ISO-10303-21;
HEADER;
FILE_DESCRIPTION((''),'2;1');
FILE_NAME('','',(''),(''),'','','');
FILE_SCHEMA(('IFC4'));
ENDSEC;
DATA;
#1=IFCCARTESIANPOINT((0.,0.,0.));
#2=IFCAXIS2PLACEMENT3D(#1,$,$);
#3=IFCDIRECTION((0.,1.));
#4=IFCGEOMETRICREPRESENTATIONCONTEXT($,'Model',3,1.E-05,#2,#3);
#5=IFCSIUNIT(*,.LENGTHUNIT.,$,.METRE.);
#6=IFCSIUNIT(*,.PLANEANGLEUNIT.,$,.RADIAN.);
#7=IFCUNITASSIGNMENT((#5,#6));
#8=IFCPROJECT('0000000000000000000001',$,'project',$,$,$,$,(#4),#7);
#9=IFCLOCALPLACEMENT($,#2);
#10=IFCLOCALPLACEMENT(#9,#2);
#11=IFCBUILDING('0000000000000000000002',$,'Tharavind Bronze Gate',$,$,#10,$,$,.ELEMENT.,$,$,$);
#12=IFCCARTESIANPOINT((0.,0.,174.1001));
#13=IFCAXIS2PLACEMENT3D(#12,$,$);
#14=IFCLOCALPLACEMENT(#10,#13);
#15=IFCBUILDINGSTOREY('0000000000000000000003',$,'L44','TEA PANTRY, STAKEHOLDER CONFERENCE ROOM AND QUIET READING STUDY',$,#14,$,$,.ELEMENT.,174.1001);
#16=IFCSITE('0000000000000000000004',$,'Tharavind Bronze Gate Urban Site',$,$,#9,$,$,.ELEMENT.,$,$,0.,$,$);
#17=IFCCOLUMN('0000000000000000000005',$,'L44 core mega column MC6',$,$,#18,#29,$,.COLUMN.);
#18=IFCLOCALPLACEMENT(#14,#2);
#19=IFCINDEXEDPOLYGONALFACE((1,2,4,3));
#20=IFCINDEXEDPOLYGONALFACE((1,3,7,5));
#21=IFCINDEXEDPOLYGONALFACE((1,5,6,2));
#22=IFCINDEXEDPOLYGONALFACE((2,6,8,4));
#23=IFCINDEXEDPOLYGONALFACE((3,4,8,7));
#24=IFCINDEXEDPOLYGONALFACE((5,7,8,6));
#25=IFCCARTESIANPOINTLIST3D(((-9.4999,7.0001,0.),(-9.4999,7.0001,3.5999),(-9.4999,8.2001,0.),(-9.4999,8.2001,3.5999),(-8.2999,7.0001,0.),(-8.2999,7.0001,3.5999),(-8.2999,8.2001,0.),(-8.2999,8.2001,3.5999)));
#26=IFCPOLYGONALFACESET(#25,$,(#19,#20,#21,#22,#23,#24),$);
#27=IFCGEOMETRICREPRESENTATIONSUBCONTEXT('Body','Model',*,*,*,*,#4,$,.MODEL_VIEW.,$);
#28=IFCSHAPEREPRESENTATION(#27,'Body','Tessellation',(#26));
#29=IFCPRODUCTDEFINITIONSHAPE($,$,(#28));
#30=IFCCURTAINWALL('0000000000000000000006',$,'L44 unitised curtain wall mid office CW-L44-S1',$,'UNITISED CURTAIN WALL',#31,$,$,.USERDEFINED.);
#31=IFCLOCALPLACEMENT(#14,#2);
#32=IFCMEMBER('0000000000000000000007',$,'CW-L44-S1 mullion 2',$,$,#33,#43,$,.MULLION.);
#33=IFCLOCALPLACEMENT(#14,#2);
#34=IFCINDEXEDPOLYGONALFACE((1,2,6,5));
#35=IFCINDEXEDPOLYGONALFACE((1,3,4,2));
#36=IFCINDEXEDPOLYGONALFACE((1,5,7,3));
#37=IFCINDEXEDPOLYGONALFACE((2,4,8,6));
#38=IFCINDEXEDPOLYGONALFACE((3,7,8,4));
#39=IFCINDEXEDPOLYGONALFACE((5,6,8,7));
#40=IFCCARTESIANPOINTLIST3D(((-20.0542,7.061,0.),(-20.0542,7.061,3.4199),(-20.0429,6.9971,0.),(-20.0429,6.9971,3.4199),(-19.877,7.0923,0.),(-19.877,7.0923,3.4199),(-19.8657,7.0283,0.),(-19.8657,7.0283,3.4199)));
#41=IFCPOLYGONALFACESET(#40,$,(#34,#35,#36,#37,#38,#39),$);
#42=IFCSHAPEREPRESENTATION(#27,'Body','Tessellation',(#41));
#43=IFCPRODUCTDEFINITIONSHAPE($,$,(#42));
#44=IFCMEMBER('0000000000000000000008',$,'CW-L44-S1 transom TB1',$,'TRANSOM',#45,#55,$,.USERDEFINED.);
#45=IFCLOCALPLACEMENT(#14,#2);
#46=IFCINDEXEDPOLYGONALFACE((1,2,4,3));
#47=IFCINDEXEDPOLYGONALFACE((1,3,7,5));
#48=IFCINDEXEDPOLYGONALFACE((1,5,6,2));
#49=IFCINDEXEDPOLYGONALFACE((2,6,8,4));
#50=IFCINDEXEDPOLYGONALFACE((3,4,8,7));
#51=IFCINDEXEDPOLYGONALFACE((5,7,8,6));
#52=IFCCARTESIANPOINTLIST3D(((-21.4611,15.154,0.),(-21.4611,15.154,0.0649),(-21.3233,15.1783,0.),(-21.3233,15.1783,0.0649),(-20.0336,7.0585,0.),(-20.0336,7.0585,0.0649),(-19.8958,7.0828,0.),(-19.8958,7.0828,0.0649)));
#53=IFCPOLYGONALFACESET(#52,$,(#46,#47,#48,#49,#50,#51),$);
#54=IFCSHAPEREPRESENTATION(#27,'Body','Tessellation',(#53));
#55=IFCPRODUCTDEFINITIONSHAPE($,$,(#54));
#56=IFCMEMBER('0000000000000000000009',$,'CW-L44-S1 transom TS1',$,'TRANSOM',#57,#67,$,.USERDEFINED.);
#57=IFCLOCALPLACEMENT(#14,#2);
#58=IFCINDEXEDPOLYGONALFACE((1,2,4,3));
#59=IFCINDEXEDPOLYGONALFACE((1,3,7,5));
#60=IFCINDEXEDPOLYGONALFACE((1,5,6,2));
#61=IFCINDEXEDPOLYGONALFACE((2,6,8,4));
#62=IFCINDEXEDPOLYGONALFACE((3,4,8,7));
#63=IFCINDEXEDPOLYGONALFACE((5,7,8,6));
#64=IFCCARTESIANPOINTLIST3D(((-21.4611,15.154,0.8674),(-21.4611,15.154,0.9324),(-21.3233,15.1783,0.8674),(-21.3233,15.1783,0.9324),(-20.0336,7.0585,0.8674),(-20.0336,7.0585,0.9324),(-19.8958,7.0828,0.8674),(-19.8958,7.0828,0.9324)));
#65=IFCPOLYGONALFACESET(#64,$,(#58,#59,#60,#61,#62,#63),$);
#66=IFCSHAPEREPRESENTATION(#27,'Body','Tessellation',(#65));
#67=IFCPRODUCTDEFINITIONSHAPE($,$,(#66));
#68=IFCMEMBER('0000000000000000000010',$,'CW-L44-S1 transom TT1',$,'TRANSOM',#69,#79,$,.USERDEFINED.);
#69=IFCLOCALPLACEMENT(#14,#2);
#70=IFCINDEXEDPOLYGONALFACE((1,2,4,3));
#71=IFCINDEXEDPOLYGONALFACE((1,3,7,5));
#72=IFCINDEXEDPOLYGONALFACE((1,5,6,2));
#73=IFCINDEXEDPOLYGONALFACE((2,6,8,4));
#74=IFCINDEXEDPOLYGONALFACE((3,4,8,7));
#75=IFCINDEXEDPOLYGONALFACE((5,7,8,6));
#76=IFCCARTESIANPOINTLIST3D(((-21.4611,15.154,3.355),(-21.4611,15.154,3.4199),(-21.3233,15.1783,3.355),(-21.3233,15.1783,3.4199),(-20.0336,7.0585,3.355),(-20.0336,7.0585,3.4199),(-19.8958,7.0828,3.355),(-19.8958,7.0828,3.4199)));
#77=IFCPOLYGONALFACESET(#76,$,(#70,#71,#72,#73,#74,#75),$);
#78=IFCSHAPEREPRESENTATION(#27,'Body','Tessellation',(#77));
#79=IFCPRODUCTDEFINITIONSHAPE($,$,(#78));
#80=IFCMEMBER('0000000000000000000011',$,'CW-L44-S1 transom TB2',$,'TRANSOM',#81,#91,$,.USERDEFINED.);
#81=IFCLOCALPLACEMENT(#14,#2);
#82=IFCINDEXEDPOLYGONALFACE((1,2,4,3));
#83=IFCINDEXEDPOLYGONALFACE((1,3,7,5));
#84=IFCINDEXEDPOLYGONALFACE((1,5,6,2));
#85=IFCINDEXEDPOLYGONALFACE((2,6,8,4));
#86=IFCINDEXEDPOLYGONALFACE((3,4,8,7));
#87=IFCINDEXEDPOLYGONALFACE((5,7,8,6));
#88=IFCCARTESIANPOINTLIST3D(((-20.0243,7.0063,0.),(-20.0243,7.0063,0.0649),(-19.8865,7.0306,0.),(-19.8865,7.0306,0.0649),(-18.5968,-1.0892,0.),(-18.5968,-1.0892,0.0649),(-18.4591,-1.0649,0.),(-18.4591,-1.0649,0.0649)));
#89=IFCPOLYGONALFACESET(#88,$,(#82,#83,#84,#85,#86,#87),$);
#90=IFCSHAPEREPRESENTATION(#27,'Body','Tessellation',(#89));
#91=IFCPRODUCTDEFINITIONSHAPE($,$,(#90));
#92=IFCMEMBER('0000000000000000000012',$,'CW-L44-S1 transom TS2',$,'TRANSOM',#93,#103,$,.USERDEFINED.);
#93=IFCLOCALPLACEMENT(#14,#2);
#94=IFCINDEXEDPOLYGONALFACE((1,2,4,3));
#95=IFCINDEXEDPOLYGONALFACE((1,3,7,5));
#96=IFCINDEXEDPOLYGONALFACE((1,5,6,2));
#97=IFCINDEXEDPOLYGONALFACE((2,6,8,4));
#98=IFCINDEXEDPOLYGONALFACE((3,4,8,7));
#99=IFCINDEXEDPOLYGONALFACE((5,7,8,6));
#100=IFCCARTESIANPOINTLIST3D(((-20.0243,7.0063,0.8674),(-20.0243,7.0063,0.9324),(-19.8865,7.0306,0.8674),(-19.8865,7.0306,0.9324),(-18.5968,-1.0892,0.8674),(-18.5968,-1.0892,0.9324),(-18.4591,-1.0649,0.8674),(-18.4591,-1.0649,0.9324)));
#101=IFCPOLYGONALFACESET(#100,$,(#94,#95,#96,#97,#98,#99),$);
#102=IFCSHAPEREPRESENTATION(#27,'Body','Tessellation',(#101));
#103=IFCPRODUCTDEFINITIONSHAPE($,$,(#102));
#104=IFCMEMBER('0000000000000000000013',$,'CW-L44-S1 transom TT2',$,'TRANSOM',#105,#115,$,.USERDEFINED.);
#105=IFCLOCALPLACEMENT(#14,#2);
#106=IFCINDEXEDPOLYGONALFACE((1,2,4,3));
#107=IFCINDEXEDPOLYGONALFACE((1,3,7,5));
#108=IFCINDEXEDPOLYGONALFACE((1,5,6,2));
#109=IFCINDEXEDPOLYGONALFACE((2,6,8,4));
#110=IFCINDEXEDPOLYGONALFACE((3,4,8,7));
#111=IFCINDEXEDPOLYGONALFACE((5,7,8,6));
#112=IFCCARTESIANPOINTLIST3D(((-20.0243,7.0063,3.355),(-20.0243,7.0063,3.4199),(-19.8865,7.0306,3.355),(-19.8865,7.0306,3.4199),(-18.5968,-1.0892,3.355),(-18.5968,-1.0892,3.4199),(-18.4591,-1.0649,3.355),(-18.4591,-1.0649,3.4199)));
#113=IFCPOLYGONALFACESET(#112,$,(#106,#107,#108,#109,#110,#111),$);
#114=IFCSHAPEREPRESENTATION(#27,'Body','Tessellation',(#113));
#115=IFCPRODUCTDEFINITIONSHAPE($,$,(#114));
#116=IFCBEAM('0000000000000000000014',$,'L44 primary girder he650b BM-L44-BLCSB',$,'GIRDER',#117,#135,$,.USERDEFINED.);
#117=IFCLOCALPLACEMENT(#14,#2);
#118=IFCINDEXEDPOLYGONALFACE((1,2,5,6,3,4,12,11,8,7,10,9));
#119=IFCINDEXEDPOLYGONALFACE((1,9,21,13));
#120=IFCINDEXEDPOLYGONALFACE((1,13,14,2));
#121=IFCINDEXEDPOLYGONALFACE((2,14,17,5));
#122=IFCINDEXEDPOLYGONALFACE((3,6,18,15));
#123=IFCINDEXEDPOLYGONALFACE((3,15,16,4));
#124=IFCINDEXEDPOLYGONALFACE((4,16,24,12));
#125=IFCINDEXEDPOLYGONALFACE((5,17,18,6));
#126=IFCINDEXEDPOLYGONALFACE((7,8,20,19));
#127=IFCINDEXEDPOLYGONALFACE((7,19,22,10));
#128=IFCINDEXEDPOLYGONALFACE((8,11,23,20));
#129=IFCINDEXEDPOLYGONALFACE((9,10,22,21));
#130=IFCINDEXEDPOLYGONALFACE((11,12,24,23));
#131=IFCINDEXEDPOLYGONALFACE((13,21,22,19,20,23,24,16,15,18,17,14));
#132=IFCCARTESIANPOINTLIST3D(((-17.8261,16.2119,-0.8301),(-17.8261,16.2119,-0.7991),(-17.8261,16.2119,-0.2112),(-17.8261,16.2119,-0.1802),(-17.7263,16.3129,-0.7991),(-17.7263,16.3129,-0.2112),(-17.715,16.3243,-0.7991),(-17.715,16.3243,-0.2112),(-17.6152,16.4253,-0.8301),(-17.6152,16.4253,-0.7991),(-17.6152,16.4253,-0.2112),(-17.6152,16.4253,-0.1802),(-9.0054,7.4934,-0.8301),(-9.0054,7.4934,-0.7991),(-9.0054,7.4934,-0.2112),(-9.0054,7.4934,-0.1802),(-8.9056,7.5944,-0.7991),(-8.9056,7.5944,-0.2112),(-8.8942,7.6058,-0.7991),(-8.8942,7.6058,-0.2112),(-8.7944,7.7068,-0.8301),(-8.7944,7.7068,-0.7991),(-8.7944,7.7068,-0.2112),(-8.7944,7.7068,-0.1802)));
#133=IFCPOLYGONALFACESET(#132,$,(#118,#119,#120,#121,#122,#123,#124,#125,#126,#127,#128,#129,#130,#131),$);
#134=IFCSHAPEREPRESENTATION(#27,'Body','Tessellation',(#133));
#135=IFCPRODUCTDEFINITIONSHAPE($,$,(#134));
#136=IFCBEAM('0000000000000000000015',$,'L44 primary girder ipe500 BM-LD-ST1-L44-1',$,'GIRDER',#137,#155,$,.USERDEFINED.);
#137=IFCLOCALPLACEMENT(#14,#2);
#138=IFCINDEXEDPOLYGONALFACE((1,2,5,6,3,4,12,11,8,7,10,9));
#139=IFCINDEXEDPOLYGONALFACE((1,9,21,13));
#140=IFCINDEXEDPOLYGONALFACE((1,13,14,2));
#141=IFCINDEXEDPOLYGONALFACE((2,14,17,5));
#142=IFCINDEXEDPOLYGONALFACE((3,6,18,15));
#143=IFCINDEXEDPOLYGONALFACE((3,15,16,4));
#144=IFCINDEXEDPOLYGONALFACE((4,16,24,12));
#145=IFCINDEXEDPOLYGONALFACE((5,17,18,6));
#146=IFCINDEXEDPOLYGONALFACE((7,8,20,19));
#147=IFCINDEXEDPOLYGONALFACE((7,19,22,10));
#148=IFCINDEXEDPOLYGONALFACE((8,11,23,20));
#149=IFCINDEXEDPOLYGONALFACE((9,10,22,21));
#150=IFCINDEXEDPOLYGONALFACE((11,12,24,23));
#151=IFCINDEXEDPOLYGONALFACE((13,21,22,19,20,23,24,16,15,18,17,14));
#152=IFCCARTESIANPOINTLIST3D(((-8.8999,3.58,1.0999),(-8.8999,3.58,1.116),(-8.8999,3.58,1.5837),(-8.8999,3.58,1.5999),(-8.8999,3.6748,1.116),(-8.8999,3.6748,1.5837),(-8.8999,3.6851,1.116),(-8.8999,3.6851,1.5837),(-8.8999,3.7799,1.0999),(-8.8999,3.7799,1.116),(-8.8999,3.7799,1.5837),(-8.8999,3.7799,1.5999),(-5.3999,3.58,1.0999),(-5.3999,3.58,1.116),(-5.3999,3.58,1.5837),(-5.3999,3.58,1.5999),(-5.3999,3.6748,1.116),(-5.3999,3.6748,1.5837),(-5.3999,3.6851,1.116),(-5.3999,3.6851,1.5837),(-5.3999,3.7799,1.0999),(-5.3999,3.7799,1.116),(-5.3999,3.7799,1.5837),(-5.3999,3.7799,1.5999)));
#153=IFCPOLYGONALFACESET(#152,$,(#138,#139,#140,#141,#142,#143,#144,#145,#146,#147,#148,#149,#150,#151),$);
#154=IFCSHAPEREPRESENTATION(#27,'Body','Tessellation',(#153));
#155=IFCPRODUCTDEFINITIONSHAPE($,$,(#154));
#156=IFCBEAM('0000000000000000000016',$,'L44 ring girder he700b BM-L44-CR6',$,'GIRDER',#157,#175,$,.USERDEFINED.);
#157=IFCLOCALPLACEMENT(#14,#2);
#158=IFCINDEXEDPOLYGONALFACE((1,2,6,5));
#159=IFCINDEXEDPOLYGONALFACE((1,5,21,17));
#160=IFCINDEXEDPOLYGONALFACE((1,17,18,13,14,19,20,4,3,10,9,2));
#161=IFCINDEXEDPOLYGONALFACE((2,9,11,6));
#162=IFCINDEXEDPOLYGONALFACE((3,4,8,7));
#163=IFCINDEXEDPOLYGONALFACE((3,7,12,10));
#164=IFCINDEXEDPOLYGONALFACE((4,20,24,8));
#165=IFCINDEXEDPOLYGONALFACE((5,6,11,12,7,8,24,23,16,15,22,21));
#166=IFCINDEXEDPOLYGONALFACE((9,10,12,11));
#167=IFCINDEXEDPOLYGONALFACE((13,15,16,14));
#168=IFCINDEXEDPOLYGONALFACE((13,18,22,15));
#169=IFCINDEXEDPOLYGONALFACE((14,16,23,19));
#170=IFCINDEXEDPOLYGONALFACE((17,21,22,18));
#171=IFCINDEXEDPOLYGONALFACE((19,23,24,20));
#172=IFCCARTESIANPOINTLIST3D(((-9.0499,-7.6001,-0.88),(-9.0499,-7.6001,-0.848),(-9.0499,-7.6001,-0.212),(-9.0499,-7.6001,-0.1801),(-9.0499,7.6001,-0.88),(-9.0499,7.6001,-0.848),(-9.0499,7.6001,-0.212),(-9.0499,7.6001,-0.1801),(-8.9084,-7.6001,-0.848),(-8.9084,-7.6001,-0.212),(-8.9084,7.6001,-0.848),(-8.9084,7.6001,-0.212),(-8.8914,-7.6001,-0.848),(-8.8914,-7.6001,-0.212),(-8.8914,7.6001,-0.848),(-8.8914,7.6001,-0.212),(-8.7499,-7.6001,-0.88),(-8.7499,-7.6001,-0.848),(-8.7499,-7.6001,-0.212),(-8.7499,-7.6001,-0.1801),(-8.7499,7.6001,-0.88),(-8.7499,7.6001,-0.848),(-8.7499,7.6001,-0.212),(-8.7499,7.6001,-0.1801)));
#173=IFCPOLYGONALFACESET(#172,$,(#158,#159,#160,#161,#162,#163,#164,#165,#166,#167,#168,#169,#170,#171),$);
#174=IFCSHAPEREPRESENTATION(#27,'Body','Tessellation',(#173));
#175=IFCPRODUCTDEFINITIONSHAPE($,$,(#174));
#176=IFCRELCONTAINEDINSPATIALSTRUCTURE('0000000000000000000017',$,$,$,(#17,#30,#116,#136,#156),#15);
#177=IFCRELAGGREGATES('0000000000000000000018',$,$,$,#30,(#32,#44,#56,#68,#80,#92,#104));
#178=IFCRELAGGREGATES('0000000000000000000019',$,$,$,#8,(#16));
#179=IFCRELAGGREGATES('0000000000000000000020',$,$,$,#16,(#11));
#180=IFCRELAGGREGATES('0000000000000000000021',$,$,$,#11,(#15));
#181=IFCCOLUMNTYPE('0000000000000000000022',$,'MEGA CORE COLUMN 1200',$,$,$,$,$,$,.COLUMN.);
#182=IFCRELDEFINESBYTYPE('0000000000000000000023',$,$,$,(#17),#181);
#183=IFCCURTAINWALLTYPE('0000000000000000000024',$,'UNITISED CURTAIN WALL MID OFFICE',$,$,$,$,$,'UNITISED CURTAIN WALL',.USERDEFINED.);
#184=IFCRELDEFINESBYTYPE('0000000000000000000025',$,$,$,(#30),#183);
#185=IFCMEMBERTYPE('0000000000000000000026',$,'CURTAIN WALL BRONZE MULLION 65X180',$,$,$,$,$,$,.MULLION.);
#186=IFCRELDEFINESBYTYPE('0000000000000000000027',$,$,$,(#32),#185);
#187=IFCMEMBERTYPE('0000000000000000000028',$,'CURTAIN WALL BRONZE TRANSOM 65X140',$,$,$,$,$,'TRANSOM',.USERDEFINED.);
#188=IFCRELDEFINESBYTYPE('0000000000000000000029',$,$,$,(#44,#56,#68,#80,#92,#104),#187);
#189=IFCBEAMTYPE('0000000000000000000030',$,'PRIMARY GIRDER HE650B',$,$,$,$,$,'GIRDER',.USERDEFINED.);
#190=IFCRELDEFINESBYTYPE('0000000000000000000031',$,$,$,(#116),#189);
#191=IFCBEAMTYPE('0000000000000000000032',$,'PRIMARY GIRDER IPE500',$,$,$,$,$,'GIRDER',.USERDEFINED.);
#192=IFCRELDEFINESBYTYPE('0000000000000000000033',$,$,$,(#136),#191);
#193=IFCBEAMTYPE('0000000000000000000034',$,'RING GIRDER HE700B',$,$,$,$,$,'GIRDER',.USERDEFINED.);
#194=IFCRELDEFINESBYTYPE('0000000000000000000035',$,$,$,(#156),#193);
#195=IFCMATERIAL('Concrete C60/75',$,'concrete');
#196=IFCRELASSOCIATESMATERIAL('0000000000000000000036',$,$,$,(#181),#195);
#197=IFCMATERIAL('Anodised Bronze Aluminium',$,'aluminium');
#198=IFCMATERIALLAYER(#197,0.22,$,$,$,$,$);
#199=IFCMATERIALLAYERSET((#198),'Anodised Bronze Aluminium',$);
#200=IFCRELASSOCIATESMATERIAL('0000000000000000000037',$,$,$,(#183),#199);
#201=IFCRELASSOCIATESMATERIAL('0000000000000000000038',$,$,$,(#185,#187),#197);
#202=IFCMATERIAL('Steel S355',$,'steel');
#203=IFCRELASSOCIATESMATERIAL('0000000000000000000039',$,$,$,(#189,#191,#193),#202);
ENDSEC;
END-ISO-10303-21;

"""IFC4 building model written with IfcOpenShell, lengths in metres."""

from ifc_helpers import new_model, si_unit, direction, frame, origin, origin_2d, place, context, subcontext, project, spatial, rectangle, i_section, extrude, material, layer, layer_set, material_profile, profile_set, type_object, element, aggregate, save


model = new_model("IFC4")

# Units and contexts
model_context = context("Model", 3, precision=1e-05, world=origin(), true_north=direction((0.0, 1.0)))
body_context = subcontext(model_context, "Body", "Model", "MODEL_VIEW")
ifc_project = project(units=[si_unit("LENGTHUNIT", "METRE"), si_unit("PLANEANGLEUNIT", "RADIAN")], contexts=[model_context])

# Site, building, storey
site_placement = place(None, origin())
site = spatial("IfcSite", under=ifc_project, at=site_placement, Name="Tharavind Bronze Gate Urban Site", CompositionType="ELEMENT", RefElevation=0.0)
building_placement = place(site_placement, origin())
building = spatial("IfcBuilding", under=site, at=building_placement, Name="Tharavind Bronze Gate", CompositionType="ELEMENT")
storey_placement = place(building_placement, frame((0.0, 0.0, 174.1001)))
storey = spatial("IfcBuildingStorey", under=building, at=storey_placement, Name="L44", Description="TEA PANTRY, STAKEHOLDER CONFERENCE ROOM AND QUIET READING STUDY", CompositionType="ELEMENT", Elevation=174.1001)

# Column
ifc_material_1 = material(Name="Concrete C60/75", Category="concrete")
ifc_material_profile_1 = material_profile(ifc_material_1, rectangle(XDim=1.2, YDim=1.2, at=origin_2d()), Name="RCCOL1200")
ifc_profile_set_1 = profile_set([ifc_material_profile_1], Name="Concrete C60/75")
column_type = type_object("IfcColumnType", Name="MEGA CORE COLUMN 1200", PredefinedType="COLUMN", material=ifc_profile_set_1)
column_placement = place(storey_placement, frame((-8.8999, 7.6001, 0.0), z_axis=(0.0, 0.0, 1.0), x_axis=(1.0, 0.0, 0.0)))
element("IfcColumn", 1, at=column_placement, inside=storey, type_object=column_type, Name="L44 core mega column MC6", PredefinedType="COLUMN", context=body_context, shape_type="SweptSolid", body=[
    extrude(rectangle(XDim=1.2, YDim=1.2, at=origin_2d()), origin(), (0.0, 0.0, 1.0), 3.5999),
])

# Curtain wall, members
ifc_material_2 = material(Name="Anodised Bronze Aluminium", Category="aluminium")
ifc_layer_1 = layer(ifc_material_2, 0.22)
ifc_layer_set_1 = layer_set([ifc_layer_1], Name="Anodised Bronze Aluminium")
curtain_wall_type = type_object("IfcCurtainWallType", Name="UNITISED CURTAIN WALL MID OFFICE", ElementType="UNITISED CURTAIN WALL", PredefinedType="USERDEFINED", material=ifc_layer_set_1)
curtain_wall_placement = place(storey_placement, origin())
curtain_wall = element("IfcCurtainWall", 2, at=curtain_wall_placement, inside=storey, type_object=curtain_wall_type, Name="L44 unitised curtain wall mid office CW-L44-S1", ObjectType="UNITISED CURTAIN WALL", PredefinedType="USERDEFINED")
member_type_1 = type_object("IfcMemberType", Name="CURTAIN WALL BRONZE MULLION 65X180", PredefinedType="MULLION", material=ifc_material_2)
member_1_placement = place(storey_placement, frame((-19.96, 7.0447, 0.0), z_axis=(0.0, 0.0, 1.0), x_axis=(0.173648, -0.984808, 0.0)))
member_1 = element("IfcMember", 3, at=member_1_placement, type_object=member_type_1, Name="CW-L44-S1 mullion 2", PredefinedType="MULLION", context=body_context, shape_type="SweptSolid", body=[
    extrude(rectangle(XDim=0.0649, YDim=0.1799, at=origin_2d()), origin(), (0.0, 0.0, 1.0), 3.4199),
])
member_type_2 = type_object("IfcMemberType", Name="CURTAIN WALL BRONZE TRANSOM 65X140", ElementType="TRANSOM", PredefinedType="USERDEFINED", material=ifc_material_2)
member_2_placement = place(storey_placement, frame((-20.6785, 11.1184, 0.0), z_axis=(0.0, 0.0, 1.0), x_axis=(0.173648, -0.984808, 0.0)))
member_2 = element("IfcMember", 4, at=member_2_placement, type_object=member_type_2, Name="CW-L44-S1 transom TB1", ObjectType="TRANSOM", PredefinedType="USERDEFINED", context=body_context, shape_type="SweptSolid", body=[
    extrude(rectangle(XDim=8.2205, YDim=0.1399, at=origin_2d()), origin(), (0.0, 0.0, 1.0), 0.0649),
])
member_3_placement = place(storey_placement, frame((-20.6785, 11.1184, 0.8674), z_axis=(0.0, 0.0, 1.0), x_axis=(0.173648, -0.984808, 0.0)))
member_3 = element("IfcMember", 5, at=member_3_placement, type_object=member_type_2, Name="CW-L44-S1 transom TS1", ObjectType="TRANSOM", PredefinedType="USERDEFINED", context=body_context, shape_type="SweptSolid", body=[
    extrude(rectangle(XDim=8.2205, YDim=0.1399, at=origin_2d()), origin(), (0.0, 0.0, 1.0), 0.0649),
])
member_4_placement = place(storey_placement, frame((-20.6785, 11.1184, 3.355), z_axis=(0.0, 0.0, 1.0), x_axis=(0.173648, -0.984808, 0.0)))
member_4 = element("IfcMember", 6, at=member_4_placement, type_object=member_type_2, Name="CW-L44-S1 transom TT1", ObjectType="TRANSOM", PredefinedType="USERDEFINED", context=body_context, shape_type="SweptSolid", body=[
    extrude(rectangle(XDim=8.2205, YDim=0.1399, at=origin_2d()), origin(), (0.0, 0.0, 1.0), 0.0649),
])
member_5_placement = place(storey_placement, frame((-19.2417, 2.9707, 0.0), z_axis=(0.0, 0.0, 1.0), x_axis=(0.173648, -0.984808, 0.0)))
member_5 = element("IfcMember", 7, at=member_5_placement, type_object=member_type_2, Name="CW-L44-S1 transom TB2", ObjectType="TRANSOM", PredefinedType="USERDEFINED", context=body_context, shape_type="SweptSolid", body=[
    extrude(rectangle(XDim=8.2205, YDim=0.1399, at=origin_2d()), origin(), (0.0, 0.0, 1.0), 0.0649),
])
member_6_placement = place(storey_placement, frame((-19.2417, 2.9707, 0.8674), z_axis=(0.0, 0.0, 1.0), x_axis=(0.173648, -0.984808, 0.0)))
member_6 = element("IfcMember", 8, at=member_6_placement, type_object=member_type_2, Name="CW-L44-S1 transom TS2", ObjectType="TRANSOM", PredefinedType="USERDEFINED", context=body_context, shape_type="SweptSolid", body=[
    extrude(rectangle(XDim=8.2205, YDim=0.1399, at=origin_2d()), origin(), (0.0, 0.0, 1.0), 0.0649),
])
member_7_placement = place(storey_placement, frame((-19.2417, 2.9707, 3.355), z_axis=(0.0, 0.0, 1.0), x_axis=(0.173648, -0.984808, 0.0)))
member_7 = element("IfcMember", 9, at=member_7_placement, type_object=member_type_2, Name="CW-L44-S1 transom TT2", ObjectType="TRANSOM", PredefinedType="USERDEFINED", context=body_context, shape_type="SweptSolid", body=[
    extrude(rectangle(XDim=8.2205, YDim=0.1399, at=origin_2d()), origin(), (0.0, 0.0, 1.0), 0.0649),
])

# Beams
ifc_material_3 = material(Name="Steel S355", Category="steel")
ifc_material_profile_2 = material_profile(ifc_material_3, i_section(OverallWidth=0.3, OverallDepth=0.6499, WebThickness=0.0161, FlangeThickness=0.031, at=origin_2d()), Name="HE650B")
ifc_profile_set_2 = profile_set([ifc_material_profile_2], Name="Steel S355")
beam_type_1 = type_object("IfcBeamType", Name="PRIMARY GIRDER HE650B", ElementType="GIRDER", PredefinedType="USERDEFINED", material=ifc_profile_set_2)
beam_1_placement = place(storey_placement, frame((-8.8999, 7.6001, -0.5051), z_axis=(-0.711219, 0.702971, 0.0), x_axis=(-0.702971, -0.711219, 0.0)))
element("IfcBeam", 10, at=beam_1_placement, inside=storey, type_object=beam_type_1, Name="L44 primary girder he650b BM-L44-BLCSB", ObjectType="GIRDER", PredefinedType="USERDEFINED", context=body_context, shape_type="SweptSolid", body=[
    extrude(i_section(OverallWidth=0.3, OverallDepth=0.6499, WebThickness=0.0161, FlangeThickness=0.031, at=origin_2d()), origin(), (0.0, 0.0, 1.0), 12.4023),
])
ifc_material_profile_3 = material_profile(ifc_material_3, i_section(OverallWidth=0.2, OverallDepth=0.5, WebThickness=0.0103, FlangeThickness=0.0161, at=origin_2d()), Name="IPE500")
ifc_profile_set_3 = profile_set([ifc_material_profile_3], Name="Steel S355")
beam_type_2 = type_object("IfcBeamType", Name="PRIMARY GIRDER IPE500", ElementType="GIRDER", PredefinedType="USERDEFINED", material=ifc_profile_set_3)
beam_2_placement = place(storey_placement, frame((-8.8999, 3.6799, 1.3499), z_axis=(1.0, 0.0, 0.0), x_axis=(0.0, 1.0, 0.0)))
element("IfcBeam", 11, at=beam_2_placement, inside=storey, type_object=beam_type_2, Name="L44 primary girder ipe500 BM-LD-ST1-L44-1", ObjectType="GIRDER", PredefinedType="USERDEFINED", context=body_context, shape_type="SweptSolid", body=[
    extrude(i_section(OverallWidth=0.2, OverallDepth=0.5, WebThickness=0.0103, FlangeThickness=0.0161, at=origin_2d()), origin(), (0.0, 0.0, 1.0), 3.5),
])
ifc_material_profile_4 = material_profile(ifc_material_3, i_section(OverallWidth=0.3, OverallDepth=0.7, WebThickness=0.0171, FlangeThickness=0.032, at=origin_2d()), Name="HE700B")
ifc_profile_set_4 = profile_set([ifc_material_profile_4], Name="Steel S355")
beam_type_3 = type_object("IfcBeamType", Name="RING GIRDER HE700B", ElementType="GIRDER", PredefinedType="USERDEFINED", material=ifc_profile_set_4)
beam_3_placement = place(storey_placement, frame((-8.8999, 7.6001, -0.53), z_axis=(0.0, -1.0, 0.0), x_axis=(1.0, 0.0, 0.0)))
element("IfcBeam", 12, at=beam_3_placement, inside=storey, type_object=beam_type_3, Name="L44 ring girder he700b BM-L44-CR6", ObjectType="GIRDER", PredefinedType="USERDEFINED", context=body_context, shape_type="SweptSolid", body=[
    extrude(i_section(OverallWidth=0.3, OverallDepth=0.7, WebThickness=0.0171, FlangeThickness=0.032, at=origin_2d()), origin(), (0.0, 0.0, 1.0), 15.2002),
])

aggregate(curtain_wall, [member_1, member_2, member_3, member_4, member_5, member_6, member_7])

save(model, "model.ifc")
